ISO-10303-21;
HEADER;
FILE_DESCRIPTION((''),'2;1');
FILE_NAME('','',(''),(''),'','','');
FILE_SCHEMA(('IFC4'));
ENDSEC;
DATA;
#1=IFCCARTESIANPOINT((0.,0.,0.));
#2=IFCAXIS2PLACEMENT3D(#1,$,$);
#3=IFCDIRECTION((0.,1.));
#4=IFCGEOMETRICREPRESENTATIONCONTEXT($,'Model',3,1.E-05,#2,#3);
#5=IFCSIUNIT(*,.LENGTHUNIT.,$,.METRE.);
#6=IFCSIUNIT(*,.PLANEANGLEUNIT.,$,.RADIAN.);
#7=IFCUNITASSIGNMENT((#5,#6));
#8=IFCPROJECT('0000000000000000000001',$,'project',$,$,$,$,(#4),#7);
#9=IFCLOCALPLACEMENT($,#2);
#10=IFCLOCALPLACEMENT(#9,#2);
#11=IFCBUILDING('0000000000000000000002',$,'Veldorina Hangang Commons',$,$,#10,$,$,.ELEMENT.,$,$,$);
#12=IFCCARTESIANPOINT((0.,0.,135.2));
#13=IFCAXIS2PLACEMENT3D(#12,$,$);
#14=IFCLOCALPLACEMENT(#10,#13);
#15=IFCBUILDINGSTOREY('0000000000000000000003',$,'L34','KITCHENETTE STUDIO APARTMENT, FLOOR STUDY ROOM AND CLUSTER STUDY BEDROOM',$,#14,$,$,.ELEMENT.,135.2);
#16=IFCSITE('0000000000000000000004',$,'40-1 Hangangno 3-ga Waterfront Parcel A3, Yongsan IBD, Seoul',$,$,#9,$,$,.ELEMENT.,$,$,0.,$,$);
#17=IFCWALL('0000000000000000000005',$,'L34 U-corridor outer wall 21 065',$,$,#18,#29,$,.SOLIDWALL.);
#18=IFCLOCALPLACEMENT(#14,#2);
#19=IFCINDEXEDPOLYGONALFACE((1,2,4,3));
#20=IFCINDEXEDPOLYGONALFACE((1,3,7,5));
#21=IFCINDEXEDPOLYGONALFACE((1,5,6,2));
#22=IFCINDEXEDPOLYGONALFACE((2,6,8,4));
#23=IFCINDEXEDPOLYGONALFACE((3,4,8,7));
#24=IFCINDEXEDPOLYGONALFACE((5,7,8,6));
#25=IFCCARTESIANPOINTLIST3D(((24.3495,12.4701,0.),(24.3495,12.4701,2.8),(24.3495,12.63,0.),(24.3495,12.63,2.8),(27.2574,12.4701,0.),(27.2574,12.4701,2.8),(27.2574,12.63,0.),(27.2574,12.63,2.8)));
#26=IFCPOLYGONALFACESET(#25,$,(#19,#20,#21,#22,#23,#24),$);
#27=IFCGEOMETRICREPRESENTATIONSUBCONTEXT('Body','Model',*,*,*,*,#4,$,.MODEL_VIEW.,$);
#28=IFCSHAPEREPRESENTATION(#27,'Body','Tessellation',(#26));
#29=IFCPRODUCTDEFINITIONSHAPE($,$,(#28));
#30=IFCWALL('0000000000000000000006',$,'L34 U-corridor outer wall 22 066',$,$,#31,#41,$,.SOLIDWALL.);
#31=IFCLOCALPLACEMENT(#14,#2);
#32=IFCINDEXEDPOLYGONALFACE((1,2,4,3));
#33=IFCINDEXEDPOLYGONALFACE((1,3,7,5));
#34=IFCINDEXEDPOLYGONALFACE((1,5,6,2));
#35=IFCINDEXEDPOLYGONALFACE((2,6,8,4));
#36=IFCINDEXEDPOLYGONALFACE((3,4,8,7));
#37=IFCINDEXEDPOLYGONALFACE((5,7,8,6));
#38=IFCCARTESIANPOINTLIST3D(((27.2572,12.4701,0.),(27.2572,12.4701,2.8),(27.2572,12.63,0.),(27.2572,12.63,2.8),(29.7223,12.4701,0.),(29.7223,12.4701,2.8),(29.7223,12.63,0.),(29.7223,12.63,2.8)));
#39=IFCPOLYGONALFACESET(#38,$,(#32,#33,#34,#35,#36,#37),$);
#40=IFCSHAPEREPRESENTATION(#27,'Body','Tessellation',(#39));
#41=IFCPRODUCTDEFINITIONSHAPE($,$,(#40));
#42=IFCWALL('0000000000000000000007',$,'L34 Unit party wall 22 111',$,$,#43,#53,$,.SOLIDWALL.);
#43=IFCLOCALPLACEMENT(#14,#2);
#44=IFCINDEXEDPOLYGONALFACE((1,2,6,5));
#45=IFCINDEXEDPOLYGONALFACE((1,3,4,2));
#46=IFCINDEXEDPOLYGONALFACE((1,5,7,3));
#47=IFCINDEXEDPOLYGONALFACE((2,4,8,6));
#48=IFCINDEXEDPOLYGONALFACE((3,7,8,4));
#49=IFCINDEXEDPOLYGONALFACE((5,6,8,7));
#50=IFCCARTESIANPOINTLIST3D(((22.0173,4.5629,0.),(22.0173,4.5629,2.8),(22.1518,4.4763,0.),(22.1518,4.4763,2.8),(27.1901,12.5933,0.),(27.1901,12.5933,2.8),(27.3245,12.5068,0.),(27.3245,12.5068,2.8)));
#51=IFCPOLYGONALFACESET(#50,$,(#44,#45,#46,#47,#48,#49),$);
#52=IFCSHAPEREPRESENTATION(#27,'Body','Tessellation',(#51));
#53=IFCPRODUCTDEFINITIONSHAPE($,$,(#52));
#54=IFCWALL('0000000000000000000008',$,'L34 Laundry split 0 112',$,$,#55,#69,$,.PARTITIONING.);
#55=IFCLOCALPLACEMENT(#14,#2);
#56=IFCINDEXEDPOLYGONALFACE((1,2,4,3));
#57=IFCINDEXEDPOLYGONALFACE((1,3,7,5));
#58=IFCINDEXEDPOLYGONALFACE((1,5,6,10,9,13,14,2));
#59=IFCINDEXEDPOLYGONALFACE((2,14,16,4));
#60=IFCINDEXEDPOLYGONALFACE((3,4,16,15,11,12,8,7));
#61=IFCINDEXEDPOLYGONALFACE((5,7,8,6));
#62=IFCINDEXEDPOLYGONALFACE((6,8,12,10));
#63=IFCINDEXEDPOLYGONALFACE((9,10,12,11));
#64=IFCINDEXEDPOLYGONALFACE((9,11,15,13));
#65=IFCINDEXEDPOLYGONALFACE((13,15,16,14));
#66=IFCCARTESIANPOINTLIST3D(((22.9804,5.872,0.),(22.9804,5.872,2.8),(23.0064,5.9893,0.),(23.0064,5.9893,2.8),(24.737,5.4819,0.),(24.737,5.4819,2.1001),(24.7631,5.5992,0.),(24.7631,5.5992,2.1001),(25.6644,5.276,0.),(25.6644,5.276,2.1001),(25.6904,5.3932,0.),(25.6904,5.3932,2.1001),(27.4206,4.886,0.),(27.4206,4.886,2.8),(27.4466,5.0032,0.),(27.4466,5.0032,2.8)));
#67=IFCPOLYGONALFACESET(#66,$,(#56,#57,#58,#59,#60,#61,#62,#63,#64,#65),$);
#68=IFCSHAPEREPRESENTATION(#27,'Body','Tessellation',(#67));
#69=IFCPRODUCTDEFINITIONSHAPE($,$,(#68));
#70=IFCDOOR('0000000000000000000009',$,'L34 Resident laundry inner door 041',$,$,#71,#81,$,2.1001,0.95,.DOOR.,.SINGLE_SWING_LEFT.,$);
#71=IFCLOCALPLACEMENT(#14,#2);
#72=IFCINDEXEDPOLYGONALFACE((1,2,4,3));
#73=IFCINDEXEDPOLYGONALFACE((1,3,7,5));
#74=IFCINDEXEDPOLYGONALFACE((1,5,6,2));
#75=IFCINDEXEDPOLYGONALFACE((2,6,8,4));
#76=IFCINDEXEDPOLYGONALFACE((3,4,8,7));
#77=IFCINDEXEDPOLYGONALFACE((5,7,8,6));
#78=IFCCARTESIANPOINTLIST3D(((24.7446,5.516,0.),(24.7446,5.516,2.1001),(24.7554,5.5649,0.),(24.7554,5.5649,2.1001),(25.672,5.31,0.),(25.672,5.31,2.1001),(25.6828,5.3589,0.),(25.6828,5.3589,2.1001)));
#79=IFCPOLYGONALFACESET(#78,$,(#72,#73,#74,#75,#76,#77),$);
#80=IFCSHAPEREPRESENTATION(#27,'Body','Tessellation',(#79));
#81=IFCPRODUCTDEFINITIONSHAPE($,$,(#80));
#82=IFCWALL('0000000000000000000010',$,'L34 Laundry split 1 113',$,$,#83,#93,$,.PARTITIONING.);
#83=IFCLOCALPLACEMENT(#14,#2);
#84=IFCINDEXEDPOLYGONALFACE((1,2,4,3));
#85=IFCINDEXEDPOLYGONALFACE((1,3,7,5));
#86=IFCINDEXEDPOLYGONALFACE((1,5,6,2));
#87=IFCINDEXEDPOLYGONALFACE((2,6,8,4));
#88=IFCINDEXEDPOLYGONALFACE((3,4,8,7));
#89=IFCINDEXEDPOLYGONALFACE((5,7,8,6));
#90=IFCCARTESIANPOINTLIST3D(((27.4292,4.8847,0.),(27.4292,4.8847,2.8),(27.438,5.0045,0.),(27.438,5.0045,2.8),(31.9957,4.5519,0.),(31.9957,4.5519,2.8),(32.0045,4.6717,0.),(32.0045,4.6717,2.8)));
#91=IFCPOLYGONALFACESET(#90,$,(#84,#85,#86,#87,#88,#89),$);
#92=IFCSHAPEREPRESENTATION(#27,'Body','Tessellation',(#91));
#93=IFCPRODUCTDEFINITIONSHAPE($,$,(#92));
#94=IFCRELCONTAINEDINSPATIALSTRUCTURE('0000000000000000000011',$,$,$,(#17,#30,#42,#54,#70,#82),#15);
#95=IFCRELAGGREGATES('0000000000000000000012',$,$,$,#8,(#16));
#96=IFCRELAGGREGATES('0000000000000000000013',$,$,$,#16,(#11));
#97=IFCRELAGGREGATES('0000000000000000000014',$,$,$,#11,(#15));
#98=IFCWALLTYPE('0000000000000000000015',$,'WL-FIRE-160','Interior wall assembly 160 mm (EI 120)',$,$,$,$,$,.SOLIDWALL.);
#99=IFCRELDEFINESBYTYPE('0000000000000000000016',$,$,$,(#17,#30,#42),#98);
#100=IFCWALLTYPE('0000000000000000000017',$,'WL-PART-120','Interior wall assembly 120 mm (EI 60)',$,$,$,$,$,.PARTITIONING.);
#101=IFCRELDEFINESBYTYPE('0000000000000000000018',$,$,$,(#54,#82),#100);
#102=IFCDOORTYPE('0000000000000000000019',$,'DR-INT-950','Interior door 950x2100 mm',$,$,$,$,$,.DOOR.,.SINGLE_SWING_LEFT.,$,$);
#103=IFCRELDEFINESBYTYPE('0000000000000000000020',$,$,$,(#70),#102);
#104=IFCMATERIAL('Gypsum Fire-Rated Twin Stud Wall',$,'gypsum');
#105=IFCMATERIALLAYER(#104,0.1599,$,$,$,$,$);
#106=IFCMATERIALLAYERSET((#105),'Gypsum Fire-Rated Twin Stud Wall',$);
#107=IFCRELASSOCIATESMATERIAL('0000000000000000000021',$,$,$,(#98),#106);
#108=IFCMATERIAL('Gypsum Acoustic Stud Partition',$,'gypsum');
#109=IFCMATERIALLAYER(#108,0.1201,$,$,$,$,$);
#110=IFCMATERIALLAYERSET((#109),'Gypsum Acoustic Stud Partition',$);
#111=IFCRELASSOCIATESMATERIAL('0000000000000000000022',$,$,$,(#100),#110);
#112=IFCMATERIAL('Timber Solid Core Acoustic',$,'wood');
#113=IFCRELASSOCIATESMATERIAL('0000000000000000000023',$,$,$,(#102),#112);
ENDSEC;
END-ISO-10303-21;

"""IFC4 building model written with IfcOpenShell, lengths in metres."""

from ifc_helpers import new_model, si_unit, direction, frame, frame_2d, origin, place, context, subcontext, project, spatial, rectangle, extrude, material, layer, layer_set, type_object, element, fill, save


model = new_model("IFC4")

# Units and contexts
model_context = context("Model", 3, precision=1e-05, world=origin(), true_north=direction((0.0, 1.0)))
body_context = subcontext(model_context, "Body", "Model", "MODEL_VIEW")
ifc_project = project(units=[si_unit("LENGTHUNIT", "METRE"), si_unit("PLANEANGLEUNIT", "RADIAN")], contexts=[model_context])

# Site, building, storey
site_placement = place(None, origin())
site = spatial("IfcSite", under=ifc_project, at=site_placement, Name="40-1 Hangangno 3-ga Waterfront Parcel A3, Yongsan IBD, Seoul", CompositionType="ELEMENT", RefElevation=0.0)
building_placement = place(site_placement, origin())
building = spatial("IfcBuilding", under=site, at=building_placement, Name="Veldorina Hangang Commons", CompositionType="ELEMENT")
storey_placement = place(building_placement, frame((0.0, 0.0, 135.2)))
storey = spatial("IfcBuildingStorey", under=building, at=storey_placement, Name="L34", Description="KITCHENETTE STUDIO APARTMENT, FLOOR STUDY ROOM AND CLUSTER STUDY BEDROOM", CompositionType="ELEMENT", Elevation=135.2)

# Walls
ifc_material_1 = material(Name="Gypsum Fire-Rated Twin Stud Wall", Category="gypsum")
ifc_layer_1 = layer(ifc_material_1, 0.1599)
ifc_layer_set_1 = layer_set([ifc_layer_1], Name="Gypsum Fire-Rated Twin Stud Wall")
wall_type_1 = type_object("IfcWallType", Name="WL-FIRE-160", Description="Interior wall assembly 160 mm (EI 120)", PredefinedType="SOLIDWALL", material=ifc_layer_set_1)
wall_1_placement = place(storey_placement, frame((24.3494, 12.55, 0.0), z_axis=(0.0, 0.0, 1.0), x_axis=(1.0, 0.0, 0.0)))
element("IfcWall", 1, at=wall_1_placement, inside=storey, type_object=wall_type_1, Name="L34 U-corridor outer wall 21 065", PredefinedType="SOLIDWALL", context=body_context, shape_type="SweptSolid", body=[
    extrude(rectangle(XDim=2.908, YDim=0.1599, at=frame_2d((1.4541, 0.0))), origin(), (0.0, 0.0, 1.0), 2.8),
])
wall_2_placement = place(storey_placement, frame((27.2573, 12.55, 0.0), z_axis=(0.0, 0.0, 1.0), x_axis=(1.0, 0.0, 0.0)))
element("IfcWall", 2, at=wall_2_placement, inside=storey, type_object=wall_type_1, Name="L34 U-corridor outer wall 22 066", PredefinedType="SOLIDWALL", context=body_context, shape_type="SweptSolid", body=[
    extrude(rectangle(XDim=2.4651, YDim=0.1599, at=frame_2d((1.2324, 0.0))), origin(), (0.0, 0.0, 1.0), 2.8),
])
wall_3_placement = place(storey_placement, frame((27.2573, 12.55, 0.0), z_axis=(0.0, 0.0, 1.0), x_axis=(-0.541526, -0.840684, 0.0)))
element("IfcWall", 3, at=wall_3_placement, inside=storey, type_object=wall_type_1, Name="L34 Unit party wall 22 111", PredefinedType="SOLIDWALL", context=body_context, shape_type="SweptSolid", body=[
    extrude(rectangle(XDim=9.5522, YDim=0.1599, at=frame_2d((4.7761, 0.0))), origin(), (0.0, 0.0, 1.0), 2.8),
])

# Wall, opening, door
ifc_material_2 = material(Name="Gypsum Acoustic Stud Partition", Category="gypsum")
ifc_layer_2 = layer(ifc_material_2, 0.1201)
ifc_layer_set_2 = layer_set([ifc_layer_2], Name="Gypsum Acoustic Stud Partition")
wall_type_2 = type_object("IfcWallType", Name="WL-PART-120", Description="Interior wall assembly 120 mm (EI 60)", PredefinedType="PARTITIONING", material=ifc_layer_set_2)
wall_4_placement = place(storey_placement, frame((22.9934, 5.9307, 0.0), z_axis=(0.0, 0.0, 1.0), x_axis=(0.976216, -0.2168, 0.0)))
wall_4 = element("IfcWall", 4, at=wall_4_placement, inside=storey, type_object=wall_type_2, Name="L34 Laundry split 0 112", PredefinedType="PARTITIONING", context=body_context, shape_type="SweptSolid", body=[
    extrude(rectangle(XDim=4.5483, YDim=0.1201, at=frame_2d((2.2742, 0.0))), origin(), (0.0, 0.0, 1.0), 2.8),
])
opening_placement = place(wall_4_placement, frame((1.7993, 0.0, 0.0)))
opening = element("IfcOpeningElement", 5, at=opening_placement, cuts=wall_4, PredefinedType="OPENING", context=body_context, shape_type="SweptSolid", body=[
    extrude(rectangle(XDim=0.95, YDim=2.1001, at=frame_2d((0.4751, 1.05))), frame((0.0, 0.0701, 0.0), z_axis=(0.0, -1.0, 0.0), x_axis=(1.0, 0.0, 0.0)), (0.0, 0.0, 1.0), 0.1401),
])
ifc_material_3 = material(Name="Timber Solid Core Acoustic", Category="wood")
door_type = type_object("IfcDoorType", Name="DR-INT-950", Description="Interior door 950x2100 mm", OperationType="SINGLE_SWING_LEFT", PredefinedType="DOOR", material=ifc_material_3)
door_placement = place(opening_placement, origin())
door = element("IfcDoor", 6, at=door_placement, inside=storey, type_object=door_type, Name="L34 Resident laundry inner door 041", OperationType="SINGLE_SWING_LEFT", OverallHeight=2.1001, OverallWidth=0.95, PredefinedType="DOOR", context=body_context, shape_type="SweptSolid", body=[
    extrude(rectangle(XDim=0.95, YDim=2.1001, at=frame_2d((0.4751, 1.05))), frame((0.0, 0.0249, 0.0), z_axis=(0.0, -1.0, 0.0), x_axis=(1.0, 0.0, 0.0)), (0.0, 0.0, 1.0), 0.05),
])
fill(opening, door)

# Wall
wall_5_placement = place(storey_placement, frame((27.4336, 4.9446, 0.0), z_axis=(0.0, 0.0, 1.0), x_axis=(0.997355, -0.072679, 0.0)))
element("IfcWall", 7, at=wall_5_placement, inside=storey, type_object=wall_type_2, Name="L34 Laundry split 1 113", PredefinedType="PARTITIONING", context=body_context, shape_type="SweptSolid", body=[
    extrude(rectangle(XDim=4.5786, YDim=0.1201, at=frame_2d((2.2893, 0.0))), origin(), (0.0, 0.0, 1.0), 2.8),
])

save(model, "model.ifc")
